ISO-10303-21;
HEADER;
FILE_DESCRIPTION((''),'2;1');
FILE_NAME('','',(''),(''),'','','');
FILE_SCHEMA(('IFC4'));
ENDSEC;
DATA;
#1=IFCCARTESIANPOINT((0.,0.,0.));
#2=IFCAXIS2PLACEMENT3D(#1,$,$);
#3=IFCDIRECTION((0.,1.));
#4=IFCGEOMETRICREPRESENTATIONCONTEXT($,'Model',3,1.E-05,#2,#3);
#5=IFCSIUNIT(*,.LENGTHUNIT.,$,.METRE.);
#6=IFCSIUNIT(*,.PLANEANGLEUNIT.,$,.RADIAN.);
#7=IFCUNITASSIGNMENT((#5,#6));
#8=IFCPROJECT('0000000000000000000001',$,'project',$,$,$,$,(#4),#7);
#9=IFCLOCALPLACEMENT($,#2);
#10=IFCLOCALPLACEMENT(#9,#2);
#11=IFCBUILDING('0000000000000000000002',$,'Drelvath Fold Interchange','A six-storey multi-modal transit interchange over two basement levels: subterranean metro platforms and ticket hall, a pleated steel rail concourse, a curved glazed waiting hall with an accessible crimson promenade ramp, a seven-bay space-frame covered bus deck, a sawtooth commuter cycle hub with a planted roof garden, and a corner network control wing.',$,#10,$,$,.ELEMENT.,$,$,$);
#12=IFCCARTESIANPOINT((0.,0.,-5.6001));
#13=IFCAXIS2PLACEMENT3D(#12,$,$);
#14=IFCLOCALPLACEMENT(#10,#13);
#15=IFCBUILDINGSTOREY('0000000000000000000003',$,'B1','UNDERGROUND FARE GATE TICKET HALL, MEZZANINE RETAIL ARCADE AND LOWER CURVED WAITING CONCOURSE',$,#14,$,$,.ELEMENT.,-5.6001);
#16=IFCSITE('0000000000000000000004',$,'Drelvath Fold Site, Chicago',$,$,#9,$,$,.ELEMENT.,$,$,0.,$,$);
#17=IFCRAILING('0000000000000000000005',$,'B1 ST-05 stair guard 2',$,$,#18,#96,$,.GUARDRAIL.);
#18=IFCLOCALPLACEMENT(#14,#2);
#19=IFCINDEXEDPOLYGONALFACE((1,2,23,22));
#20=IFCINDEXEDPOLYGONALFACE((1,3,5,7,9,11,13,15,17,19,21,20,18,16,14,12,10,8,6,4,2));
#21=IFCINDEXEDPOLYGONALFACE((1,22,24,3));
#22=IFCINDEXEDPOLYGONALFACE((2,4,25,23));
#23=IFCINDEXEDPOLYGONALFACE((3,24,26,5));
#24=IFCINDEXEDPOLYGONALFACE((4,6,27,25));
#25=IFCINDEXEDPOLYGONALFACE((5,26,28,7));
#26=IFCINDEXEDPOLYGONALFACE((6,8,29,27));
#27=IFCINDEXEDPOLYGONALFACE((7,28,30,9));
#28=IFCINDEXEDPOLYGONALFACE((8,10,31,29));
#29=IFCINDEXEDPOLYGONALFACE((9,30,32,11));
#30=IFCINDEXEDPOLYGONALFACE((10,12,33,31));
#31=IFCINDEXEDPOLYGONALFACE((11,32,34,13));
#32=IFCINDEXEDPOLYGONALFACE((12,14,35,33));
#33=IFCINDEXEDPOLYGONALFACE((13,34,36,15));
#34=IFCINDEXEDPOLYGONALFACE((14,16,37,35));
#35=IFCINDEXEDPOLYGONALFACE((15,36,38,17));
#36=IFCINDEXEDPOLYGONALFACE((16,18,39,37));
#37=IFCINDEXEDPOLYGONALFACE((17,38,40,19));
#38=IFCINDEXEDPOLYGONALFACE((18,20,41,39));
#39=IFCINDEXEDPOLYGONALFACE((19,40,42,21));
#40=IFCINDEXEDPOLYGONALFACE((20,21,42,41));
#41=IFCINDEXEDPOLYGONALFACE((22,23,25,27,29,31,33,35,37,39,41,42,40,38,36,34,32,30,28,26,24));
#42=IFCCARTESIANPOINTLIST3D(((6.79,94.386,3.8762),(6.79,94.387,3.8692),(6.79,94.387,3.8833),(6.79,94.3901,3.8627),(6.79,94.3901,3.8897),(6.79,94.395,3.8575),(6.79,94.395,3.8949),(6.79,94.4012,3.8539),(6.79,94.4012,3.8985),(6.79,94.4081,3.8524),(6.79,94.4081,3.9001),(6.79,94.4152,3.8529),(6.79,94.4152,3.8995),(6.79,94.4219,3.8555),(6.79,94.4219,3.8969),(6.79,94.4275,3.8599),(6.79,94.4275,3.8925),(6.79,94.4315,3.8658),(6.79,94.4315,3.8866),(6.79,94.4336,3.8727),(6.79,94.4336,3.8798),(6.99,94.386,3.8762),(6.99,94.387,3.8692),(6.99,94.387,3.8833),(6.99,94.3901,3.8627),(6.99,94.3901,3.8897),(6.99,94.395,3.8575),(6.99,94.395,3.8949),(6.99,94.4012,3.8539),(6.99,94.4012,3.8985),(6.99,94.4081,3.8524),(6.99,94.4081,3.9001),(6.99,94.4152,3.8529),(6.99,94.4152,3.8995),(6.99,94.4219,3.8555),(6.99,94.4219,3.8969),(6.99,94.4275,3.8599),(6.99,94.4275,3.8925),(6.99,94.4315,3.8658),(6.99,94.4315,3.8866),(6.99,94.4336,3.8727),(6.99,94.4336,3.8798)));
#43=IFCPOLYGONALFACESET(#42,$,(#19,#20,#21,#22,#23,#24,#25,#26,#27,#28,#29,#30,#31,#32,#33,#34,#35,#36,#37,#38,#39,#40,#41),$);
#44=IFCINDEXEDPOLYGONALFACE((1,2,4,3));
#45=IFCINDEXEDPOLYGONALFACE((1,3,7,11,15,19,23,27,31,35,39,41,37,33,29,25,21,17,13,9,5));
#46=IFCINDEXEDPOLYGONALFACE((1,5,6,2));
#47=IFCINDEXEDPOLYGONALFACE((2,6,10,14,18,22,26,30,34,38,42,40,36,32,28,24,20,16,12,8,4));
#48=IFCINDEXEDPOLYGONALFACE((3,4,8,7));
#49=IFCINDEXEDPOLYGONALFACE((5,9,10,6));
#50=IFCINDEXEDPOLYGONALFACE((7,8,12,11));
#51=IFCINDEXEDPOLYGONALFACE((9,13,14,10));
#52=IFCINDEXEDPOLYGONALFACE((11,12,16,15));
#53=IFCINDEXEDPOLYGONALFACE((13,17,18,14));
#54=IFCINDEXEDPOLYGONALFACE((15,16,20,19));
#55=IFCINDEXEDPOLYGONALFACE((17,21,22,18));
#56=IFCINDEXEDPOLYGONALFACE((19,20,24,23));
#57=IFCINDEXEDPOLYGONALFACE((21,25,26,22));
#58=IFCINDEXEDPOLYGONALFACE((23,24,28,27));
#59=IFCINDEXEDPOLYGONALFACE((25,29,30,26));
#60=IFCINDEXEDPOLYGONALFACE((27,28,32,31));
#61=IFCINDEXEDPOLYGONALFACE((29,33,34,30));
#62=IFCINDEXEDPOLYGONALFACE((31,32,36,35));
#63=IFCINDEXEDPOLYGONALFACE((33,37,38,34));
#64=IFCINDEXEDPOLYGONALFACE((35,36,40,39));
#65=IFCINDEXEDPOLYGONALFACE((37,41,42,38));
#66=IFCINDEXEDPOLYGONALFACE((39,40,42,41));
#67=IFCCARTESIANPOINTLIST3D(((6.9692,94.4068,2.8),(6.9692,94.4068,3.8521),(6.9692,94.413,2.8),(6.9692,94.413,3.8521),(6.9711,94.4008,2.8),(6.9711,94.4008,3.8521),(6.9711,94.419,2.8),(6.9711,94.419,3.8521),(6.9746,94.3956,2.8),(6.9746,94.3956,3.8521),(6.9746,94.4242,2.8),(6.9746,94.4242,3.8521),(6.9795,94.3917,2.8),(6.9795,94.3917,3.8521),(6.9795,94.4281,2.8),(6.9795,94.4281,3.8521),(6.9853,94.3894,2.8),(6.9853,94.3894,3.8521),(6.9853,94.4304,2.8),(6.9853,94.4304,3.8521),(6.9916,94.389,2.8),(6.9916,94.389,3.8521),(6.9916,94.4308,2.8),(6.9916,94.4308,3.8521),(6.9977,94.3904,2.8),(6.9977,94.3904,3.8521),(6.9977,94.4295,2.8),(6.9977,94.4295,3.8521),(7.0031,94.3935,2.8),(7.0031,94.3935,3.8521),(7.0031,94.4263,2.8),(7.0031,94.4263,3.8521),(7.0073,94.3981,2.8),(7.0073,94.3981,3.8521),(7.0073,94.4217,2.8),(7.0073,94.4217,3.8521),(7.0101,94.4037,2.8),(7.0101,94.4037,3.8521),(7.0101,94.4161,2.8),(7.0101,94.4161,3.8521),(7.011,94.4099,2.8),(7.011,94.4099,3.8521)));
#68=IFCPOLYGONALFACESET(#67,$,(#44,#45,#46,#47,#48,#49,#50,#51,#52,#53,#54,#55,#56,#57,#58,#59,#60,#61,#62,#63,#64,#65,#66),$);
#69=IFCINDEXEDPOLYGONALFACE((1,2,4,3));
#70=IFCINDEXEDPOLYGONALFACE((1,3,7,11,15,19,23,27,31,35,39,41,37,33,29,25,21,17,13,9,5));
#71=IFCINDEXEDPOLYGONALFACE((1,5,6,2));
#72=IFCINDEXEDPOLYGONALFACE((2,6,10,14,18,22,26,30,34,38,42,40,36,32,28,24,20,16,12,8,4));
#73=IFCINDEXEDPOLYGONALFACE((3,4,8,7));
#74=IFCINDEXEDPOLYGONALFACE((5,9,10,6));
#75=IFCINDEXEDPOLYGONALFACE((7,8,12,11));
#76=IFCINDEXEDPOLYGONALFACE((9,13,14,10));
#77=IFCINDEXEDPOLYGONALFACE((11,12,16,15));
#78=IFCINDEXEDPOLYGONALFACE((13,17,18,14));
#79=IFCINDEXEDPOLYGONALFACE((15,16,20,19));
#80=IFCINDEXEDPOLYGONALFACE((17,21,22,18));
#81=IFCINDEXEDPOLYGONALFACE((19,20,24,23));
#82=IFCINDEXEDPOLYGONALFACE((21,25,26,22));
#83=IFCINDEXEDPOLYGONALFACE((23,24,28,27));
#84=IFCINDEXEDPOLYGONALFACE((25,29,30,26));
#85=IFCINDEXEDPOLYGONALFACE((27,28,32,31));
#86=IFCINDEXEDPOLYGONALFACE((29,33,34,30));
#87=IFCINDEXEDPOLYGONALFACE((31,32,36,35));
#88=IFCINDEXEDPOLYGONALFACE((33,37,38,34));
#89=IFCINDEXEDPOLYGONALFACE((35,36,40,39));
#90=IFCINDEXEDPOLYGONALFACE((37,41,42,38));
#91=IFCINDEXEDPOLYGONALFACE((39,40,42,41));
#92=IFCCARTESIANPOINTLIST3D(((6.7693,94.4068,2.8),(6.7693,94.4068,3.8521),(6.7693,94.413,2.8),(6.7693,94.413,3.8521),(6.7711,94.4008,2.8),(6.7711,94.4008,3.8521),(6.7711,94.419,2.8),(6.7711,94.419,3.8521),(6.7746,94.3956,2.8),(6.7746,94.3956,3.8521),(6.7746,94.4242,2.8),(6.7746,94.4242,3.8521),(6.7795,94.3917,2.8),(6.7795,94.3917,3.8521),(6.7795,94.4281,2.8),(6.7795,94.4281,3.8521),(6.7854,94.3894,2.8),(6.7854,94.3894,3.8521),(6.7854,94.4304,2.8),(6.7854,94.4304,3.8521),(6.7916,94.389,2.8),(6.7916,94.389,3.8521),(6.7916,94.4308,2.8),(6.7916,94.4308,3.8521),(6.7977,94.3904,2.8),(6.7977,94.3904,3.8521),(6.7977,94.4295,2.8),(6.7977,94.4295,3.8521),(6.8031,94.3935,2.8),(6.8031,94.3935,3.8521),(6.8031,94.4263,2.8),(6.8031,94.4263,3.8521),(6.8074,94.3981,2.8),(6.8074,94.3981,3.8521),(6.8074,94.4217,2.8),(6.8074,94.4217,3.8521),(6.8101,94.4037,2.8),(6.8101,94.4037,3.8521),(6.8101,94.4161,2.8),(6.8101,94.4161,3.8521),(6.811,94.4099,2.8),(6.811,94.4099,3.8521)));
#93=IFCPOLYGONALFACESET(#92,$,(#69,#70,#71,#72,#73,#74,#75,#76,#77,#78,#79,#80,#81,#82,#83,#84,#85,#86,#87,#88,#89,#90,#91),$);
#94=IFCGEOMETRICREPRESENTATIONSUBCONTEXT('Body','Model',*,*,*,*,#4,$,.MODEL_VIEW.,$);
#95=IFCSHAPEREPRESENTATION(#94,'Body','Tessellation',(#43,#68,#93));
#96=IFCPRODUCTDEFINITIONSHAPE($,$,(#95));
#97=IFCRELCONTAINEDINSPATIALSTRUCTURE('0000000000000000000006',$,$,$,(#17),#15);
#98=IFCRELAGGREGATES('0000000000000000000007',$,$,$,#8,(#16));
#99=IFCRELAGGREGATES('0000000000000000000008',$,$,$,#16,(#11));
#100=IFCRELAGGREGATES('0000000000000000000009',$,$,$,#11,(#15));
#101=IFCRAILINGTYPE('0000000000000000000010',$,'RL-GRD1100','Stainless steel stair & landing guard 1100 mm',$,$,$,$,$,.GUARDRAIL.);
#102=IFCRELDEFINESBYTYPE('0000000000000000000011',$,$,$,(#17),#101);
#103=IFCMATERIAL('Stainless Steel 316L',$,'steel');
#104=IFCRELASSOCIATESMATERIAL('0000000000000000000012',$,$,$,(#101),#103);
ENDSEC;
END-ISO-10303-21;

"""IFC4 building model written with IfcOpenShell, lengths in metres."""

from ifc_helpers import new_model, si_unit, direction, frame, origin, origin_2d, place, context, subcontext, project, spatial, circle, extrude, material, type_object, element, save


model = new_model("IFC4")

# Units and contexts
model_context = context("Model", 3, precision=1e-05, world=origin(), true_north=direction((0.0, 1.0)))
body_context = subcontext(model_context, "Body", "Model", "MODEL_VIEW")
ifc_project = project(units=[si_unit("LENGTHUNIT", "METRE"), si_unit("PLANEANGLEUNIT", "RADIAN")], contexts=[model_context])

# Site, building, storey
site_placement = place(None, origin())
site = spatial("IfcSite", under=ifc_project, at=site_placement, Name="Drelvath Fold Site, Chicago", CompositionType="ELEMENT", RefElevation=0.0)
building_placement = place(site_placement, origin())
building = spatial("IfcBuilding", under=site, at=building_placement, Name="Drelvath Fold Interchange", Description="A six-storey multi-modal transit interchange over two basement levels: subterranean metro platforms and ticket hall, a pleated steel rail concourse, a curved glazed waiting hall with an accessible crimson promenade ramp, a seven-bay space-frame covered bus deck, a sawtooth commuter cycle hub with a planted roof garden, and a corner network control wing.", CompositionType="ELEMENT")
storey_placement = place(building_placement, frame((0.0, 0.0, -5.6001)))
storey = spatial("IfcBuildingStorey", under=building, at=storey_placement, Name="B1", Description="UNDERGROUND FARE GATE TICKET HALL, MEZZANINE RETAIL ARCADE AND LOWER CURVED WAITING CONCOURSE", CompositionType="ELEMENT", Elevation=-5.6001)

# Railing
ifc_material_1 = material(Name="Stainless Steel 316L", Category="steel")
railing_type_1 = type_object("IfcRailingType", Name="RL-GRD1100", Description="Stainless steel stair & landing guard 1100 mm", PredefinedType="GUARDRAIL", material=ifc_material_1)
railing_1_placement = place(storey_placement, frame((6.99, 94.4099, 2.8)))
element("IfcRailing", 1, at=railing_1_placement, inside=storey, type_object=railing_type_1, Name="B1 ST-05 stair guard 2", PredefinedType="GUARDRAIL", context=body_context, shape_type="SweptSolid", body=[
    extrude(circle(Radius=0.0239, at=origin_2d()), frame((0.0, 0.0, 1.0762), z_axis=(-1.0, 0.0, 0.0), x_axis=(0.0, -1.0, 0.0)), (0.0, 0.0, 1.0), 0.2),
    extrude(circle(Radius=0.021, at=origin_2d()), origin(), (0.0, 0.0, 1.0), 1.052),
    extrude(circle(Radius=0.021, at=origin_2d()), frame((-0.2, 0.0, 0.0)), (0.0, 0.0, 1.0), 1.052),
])

save(model, "model.ifc")
